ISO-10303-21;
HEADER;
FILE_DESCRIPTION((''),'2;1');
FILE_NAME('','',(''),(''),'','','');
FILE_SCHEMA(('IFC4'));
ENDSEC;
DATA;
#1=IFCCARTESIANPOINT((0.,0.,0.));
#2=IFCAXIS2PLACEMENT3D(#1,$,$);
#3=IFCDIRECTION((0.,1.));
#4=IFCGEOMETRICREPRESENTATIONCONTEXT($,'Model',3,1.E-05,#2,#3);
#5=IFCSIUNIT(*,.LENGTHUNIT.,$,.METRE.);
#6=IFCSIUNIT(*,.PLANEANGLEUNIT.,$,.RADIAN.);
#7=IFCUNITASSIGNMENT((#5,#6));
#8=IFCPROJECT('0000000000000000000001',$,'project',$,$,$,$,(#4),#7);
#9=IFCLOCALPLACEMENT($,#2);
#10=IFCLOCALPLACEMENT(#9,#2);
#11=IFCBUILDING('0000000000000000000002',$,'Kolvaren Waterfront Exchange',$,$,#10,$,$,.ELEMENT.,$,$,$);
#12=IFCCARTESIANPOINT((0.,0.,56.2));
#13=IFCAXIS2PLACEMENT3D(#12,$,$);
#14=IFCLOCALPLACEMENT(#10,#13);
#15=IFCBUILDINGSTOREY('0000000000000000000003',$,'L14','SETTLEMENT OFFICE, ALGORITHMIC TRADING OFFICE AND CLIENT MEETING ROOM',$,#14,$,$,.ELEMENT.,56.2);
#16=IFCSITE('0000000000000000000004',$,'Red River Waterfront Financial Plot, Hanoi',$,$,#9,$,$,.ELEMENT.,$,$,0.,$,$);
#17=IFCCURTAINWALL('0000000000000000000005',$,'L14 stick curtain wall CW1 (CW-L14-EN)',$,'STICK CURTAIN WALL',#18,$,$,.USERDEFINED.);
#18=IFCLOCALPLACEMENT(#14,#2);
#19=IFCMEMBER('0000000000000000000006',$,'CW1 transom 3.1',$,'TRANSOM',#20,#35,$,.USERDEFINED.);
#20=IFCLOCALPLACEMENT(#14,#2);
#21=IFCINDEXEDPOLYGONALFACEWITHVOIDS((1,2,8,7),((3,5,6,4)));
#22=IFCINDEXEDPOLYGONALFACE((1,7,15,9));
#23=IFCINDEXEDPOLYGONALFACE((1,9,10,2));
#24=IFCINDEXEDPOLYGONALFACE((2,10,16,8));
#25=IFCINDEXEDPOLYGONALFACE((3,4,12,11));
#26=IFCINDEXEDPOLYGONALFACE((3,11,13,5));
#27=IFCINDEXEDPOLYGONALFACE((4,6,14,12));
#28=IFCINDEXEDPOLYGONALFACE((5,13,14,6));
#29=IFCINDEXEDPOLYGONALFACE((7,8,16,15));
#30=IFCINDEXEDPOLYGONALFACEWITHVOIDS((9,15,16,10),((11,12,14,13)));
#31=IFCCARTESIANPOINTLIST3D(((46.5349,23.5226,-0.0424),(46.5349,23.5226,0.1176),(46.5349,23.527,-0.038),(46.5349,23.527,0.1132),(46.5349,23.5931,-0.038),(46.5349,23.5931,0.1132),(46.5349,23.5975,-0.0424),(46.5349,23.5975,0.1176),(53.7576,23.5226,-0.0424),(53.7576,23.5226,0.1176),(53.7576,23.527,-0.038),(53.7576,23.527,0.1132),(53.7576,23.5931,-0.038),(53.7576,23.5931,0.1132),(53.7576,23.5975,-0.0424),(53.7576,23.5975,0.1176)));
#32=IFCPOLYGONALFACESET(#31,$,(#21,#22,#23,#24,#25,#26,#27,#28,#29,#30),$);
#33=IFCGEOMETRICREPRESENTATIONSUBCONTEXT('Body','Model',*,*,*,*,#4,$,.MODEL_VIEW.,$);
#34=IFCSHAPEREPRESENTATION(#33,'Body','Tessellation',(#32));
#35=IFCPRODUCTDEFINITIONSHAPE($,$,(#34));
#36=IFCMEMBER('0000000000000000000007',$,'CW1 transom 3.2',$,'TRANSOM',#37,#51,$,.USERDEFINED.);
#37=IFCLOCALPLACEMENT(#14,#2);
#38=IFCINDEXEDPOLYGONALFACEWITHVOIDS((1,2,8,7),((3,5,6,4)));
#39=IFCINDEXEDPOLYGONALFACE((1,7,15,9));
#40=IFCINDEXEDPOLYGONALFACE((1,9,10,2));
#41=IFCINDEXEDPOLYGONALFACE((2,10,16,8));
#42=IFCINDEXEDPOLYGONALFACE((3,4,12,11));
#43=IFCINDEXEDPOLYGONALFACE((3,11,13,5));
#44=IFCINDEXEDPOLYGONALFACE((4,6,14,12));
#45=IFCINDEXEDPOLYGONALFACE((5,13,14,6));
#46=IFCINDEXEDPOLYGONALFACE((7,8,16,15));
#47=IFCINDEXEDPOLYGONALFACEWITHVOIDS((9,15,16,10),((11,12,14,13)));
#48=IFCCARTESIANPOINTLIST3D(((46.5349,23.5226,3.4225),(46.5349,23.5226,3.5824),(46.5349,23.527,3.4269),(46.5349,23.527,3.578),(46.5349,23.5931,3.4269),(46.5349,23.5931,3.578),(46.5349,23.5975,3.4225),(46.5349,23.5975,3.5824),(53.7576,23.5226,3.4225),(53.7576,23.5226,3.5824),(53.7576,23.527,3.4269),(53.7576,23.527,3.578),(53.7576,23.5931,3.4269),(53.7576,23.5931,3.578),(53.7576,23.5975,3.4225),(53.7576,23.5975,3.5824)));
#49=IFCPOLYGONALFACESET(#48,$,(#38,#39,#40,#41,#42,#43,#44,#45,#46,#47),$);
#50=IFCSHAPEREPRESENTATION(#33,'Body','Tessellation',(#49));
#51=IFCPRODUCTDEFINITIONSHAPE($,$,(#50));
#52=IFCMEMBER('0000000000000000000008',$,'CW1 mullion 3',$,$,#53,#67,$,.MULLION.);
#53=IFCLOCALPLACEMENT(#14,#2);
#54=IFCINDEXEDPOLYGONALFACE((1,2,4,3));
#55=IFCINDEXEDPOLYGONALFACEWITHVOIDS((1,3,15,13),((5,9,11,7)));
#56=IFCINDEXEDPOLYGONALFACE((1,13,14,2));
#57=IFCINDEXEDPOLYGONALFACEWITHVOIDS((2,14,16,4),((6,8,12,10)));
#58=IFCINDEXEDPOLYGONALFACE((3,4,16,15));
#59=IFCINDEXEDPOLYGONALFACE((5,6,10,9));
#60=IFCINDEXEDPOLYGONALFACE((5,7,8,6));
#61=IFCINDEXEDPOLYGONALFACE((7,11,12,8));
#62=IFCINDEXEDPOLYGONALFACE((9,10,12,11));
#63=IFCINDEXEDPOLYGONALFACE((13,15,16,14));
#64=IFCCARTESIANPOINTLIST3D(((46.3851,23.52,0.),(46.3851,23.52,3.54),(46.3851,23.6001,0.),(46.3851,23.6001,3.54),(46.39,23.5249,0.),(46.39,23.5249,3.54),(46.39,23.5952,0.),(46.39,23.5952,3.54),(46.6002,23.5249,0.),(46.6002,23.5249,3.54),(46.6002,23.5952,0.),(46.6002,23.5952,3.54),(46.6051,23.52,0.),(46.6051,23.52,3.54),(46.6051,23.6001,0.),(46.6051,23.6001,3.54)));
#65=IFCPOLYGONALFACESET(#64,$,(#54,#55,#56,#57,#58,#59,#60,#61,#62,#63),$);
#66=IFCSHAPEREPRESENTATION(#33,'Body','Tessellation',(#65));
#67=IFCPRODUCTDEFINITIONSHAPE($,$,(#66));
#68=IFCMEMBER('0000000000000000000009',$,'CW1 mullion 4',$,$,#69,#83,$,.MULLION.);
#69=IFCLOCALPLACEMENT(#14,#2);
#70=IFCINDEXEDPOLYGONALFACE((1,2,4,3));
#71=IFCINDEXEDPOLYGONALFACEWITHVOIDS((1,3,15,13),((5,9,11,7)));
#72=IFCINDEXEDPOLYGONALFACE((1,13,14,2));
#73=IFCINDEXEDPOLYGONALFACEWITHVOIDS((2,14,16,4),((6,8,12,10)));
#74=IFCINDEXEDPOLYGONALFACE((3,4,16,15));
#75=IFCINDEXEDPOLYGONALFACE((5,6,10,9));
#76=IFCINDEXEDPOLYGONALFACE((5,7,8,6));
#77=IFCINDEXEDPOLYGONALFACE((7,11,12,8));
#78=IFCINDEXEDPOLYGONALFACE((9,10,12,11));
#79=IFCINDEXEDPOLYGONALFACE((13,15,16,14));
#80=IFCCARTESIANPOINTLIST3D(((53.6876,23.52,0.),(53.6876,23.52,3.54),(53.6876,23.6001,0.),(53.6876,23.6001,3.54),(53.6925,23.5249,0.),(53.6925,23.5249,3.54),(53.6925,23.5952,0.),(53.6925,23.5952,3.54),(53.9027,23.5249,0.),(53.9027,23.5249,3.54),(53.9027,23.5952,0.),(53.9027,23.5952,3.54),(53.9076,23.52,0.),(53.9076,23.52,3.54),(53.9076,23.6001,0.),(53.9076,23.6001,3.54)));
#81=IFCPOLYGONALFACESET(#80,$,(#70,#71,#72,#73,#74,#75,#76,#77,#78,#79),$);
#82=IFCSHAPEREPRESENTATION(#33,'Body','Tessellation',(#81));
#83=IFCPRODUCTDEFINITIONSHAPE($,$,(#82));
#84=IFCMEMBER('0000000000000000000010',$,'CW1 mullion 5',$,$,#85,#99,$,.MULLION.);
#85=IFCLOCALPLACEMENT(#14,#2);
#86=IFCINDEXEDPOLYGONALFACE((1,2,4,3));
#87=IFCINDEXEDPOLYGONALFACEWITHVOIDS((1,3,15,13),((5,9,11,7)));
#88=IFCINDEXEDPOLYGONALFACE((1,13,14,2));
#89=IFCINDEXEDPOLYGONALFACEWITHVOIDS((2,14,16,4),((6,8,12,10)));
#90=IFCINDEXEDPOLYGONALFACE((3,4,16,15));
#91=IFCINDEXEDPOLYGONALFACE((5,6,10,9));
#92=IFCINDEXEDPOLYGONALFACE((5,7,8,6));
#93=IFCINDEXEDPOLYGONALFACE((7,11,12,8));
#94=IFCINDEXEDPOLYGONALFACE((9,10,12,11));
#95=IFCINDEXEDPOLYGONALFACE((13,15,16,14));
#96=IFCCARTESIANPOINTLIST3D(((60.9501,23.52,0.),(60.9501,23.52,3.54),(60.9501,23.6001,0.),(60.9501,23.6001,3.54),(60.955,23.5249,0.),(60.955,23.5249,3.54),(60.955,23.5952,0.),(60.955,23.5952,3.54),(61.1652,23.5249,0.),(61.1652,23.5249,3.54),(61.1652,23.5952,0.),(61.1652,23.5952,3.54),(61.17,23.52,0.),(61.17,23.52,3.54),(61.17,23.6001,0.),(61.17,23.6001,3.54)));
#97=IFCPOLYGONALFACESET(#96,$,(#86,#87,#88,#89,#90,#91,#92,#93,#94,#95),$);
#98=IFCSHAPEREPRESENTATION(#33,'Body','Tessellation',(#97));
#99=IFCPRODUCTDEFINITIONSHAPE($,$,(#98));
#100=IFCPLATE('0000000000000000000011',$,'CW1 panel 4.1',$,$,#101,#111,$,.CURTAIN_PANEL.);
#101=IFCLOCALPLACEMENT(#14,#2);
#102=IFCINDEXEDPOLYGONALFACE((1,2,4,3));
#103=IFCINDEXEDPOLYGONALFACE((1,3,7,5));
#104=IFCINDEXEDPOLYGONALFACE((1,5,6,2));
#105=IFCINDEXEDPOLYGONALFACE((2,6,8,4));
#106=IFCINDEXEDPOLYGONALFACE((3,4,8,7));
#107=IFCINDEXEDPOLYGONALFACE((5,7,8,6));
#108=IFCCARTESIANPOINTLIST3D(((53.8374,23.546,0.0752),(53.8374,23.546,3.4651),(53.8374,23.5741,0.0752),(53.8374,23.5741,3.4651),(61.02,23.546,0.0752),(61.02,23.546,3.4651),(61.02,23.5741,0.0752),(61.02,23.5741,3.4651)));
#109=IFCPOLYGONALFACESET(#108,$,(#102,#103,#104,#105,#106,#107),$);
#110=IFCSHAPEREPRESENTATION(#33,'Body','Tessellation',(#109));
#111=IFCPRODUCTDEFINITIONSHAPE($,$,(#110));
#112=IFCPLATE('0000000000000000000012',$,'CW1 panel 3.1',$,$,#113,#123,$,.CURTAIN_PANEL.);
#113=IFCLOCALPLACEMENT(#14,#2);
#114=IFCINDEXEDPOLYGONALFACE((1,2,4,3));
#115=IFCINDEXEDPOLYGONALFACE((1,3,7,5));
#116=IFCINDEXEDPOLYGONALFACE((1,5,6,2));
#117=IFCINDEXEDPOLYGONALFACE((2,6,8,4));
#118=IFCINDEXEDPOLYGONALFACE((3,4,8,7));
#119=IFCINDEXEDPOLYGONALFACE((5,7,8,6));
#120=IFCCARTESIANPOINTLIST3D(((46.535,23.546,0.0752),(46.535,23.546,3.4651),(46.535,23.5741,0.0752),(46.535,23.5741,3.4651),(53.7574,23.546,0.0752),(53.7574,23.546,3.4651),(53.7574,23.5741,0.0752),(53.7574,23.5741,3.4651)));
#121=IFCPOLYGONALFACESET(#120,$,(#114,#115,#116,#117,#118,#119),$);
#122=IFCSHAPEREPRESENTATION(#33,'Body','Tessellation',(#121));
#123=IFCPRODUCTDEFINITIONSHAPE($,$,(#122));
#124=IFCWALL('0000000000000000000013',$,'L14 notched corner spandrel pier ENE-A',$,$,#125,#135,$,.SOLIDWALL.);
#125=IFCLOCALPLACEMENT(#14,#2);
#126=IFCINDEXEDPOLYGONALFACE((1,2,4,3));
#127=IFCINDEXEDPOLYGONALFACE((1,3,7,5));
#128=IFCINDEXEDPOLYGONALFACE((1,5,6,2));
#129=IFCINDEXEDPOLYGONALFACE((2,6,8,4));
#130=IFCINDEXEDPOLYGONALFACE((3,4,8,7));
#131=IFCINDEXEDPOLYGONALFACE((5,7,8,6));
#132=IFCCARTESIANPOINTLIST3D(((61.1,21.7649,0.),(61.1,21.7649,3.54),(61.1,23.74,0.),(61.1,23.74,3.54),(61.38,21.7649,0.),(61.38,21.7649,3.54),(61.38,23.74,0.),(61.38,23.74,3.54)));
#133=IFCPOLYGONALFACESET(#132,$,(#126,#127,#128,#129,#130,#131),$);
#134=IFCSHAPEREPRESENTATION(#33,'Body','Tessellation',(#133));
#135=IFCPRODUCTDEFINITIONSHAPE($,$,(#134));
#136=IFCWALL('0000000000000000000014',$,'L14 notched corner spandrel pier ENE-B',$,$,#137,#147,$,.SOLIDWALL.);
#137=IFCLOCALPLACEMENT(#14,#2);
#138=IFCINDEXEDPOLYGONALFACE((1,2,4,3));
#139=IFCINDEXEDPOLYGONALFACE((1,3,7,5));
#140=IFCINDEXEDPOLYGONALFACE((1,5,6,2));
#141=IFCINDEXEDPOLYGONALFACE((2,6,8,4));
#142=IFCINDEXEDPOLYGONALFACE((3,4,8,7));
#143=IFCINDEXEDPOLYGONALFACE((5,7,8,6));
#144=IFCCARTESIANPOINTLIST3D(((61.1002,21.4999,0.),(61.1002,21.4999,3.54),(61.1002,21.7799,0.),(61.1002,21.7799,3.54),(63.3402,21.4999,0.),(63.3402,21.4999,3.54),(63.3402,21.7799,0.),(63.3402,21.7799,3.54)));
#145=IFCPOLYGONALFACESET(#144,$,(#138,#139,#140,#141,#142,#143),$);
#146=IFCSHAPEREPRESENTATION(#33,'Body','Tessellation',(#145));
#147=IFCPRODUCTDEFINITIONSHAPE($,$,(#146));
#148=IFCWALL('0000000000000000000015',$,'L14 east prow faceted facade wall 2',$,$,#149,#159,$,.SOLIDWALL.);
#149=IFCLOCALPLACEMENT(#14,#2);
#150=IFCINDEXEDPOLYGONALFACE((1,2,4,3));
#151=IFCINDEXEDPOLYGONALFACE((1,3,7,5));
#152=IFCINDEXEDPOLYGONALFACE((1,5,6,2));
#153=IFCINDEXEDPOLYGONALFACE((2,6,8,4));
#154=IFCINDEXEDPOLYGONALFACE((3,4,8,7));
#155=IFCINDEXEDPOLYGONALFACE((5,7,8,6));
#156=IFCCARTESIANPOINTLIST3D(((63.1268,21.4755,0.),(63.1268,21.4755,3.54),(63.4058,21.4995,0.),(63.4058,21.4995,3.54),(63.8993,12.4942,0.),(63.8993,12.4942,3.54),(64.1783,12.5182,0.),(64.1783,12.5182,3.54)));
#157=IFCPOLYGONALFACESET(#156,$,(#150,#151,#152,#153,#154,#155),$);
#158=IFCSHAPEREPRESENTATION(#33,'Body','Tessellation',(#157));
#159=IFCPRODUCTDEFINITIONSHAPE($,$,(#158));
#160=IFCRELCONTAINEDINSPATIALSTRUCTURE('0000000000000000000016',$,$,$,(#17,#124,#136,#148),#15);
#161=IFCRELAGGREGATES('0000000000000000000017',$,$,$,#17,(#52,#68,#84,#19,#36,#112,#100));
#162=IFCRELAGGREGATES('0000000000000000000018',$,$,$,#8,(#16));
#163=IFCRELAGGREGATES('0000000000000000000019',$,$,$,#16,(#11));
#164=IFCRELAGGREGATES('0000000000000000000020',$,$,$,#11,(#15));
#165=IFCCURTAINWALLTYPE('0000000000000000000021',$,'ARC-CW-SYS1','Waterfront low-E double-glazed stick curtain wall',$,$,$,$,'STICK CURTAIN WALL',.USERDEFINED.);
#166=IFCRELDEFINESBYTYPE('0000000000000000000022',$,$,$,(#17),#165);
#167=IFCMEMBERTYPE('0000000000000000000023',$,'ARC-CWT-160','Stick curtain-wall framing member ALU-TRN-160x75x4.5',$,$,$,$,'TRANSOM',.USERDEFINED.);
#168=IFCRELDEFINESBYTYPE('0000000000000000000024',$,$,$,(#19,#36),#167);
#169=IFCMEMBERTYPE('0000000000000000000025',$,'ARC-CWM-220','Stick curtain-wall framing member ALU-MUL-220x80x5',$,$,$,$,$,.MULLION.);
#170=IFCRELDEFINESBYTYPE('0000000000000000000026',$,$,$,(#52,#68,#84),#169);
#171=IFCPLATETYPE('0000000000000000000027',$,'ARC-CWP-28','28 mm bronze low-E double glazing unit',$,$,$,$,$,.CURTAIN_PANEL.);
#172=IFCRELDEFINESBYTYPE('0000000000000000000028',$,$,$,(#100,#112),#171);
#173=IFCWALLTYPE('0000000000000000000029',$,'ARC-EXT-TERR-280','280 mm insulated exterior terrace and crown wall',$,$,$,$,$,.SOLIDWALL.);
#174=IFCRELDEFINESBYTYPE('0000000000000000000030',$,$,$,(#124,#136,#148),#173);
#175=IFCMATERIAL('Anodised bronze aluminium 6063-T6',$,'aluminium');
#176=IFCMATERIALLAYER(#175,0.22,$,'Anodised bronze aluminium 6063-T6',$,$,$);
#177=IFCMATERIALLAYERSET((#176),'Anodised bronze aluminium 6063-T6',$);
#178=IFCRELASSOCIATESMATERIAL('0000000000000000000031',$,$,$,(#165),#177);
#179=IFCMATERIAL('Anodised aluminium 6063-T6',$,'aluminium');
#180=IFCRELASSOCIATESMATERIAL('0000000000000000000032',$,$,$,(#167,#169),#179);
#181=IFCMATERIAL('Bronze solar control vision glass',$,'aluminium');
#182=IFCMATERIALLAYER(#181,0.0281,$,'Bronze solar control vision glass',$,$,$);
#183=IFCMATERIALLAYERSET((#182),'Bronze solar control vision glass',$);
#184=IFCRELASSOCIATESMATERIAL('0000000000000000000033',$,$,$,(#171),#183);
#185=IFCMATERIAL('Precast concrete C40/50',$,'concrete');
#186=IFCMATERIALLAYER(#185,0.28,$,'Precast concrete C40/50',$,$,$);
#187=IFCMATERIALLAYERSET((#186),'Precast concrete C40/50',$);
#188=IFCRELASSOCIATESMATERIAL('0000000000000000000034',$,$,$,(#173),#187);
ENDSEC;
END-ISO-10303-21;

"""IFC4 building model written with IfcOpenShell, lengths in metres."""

from ifc_helpers import new_model, si_unit, direction, frame, frame_2d, origin, origin_with_axes, origin_2d, place, context, subcontext, project, spatial, rectangle, hollow_rectangle, extrude, source, transform, mapped, material, layer, layer_set, material_profile, profile_set, type_object, element, aggregate, save


model = new_model("IFC4")

# Units and contexts
model_context = context("Model", 3, precision=1e-05, world=origin(), true_north=direction((0.0, 1.0)))
body_context = subcontext(model_context, "Body", "Model", "MODEL_VIEW")
ifc_project = project(units=[si_unit("LENGTHUNIT", "METRE"), si_unit("PLANEANGLEUNIT", "RADIAN")], contexts=[model_context])

# Site, building, storey
site_placement = place(None, origin())
site = spatial("IfcSite", under=ifc_project, at=site_placement, Name="Red River Waterfront Financial Plot, Hanoi", CompositionType="ELEMENT", RefElevation=0.0)
building_placement = place(site_placement, origin())
building = spatial("IfcBuilding", under=site, at=building_placement, Name="Kolvaren Waterfront Exchange", CompositionType="ELEMENT")
storey_placement = place(building_placement, frame((0.0, 0.0, 56.2)))
storey = spatial("IfcBuildingStorey", under=building, at=storey_placement, Name="L14", Description="SETTLEMENT OFFICE, ALGORITHMIC TRADING OFFICE AND CLIENT MEETING ROOM", CompositionType="ELEMENT", Elevation=56.2)

# Curtain wall, members, plates
ifc_material_1 = material(Name="Anodised bronze aluminium 6063-T6", Category="aluminium")
ifc_layer_1 = layer(ifc_material_1, 0.22, Name="Anodised bronze aluminium 6063-T6")
ifc_layer_set_1 = layer_set([ifc_layer_1], Name="Anodised bronze aluminium 6063-T6")
curtain_wall_type = type_object("IfcCurtainWallType", Name="ARC-CW-SYS1", Description="Waterfront low-E double-glazed stick curtain wall", ElementType="STICK CURTAIN WALL", PredefinedType="USERDEFINED", material=ifc_layer_set_1)
curtain_wall_placement = place(storey_placement, origin())
curtain_wall = element("IfcCurtainWall", 1, at=curtain_wall_placement, inside=storey, type_object=curtain_wall_type, Name="L14 stick curtain wall CW1 (CW-L14-EN)", ObjectType="STICK CURTAIN WALL", PredefinedType="USERDEFINED")
ifc_material_2 = material(Name="Anodised aluminium 6063-T6", Category="aluminium")
ifc_material_profile_1 = material_profile(ifc_material_2, hollow_rectangle(XDim=0.075, YDim=0.1599, WallThickness=0.0044, at=origin_2d()), Name="ALU-TRN-160x75x4.5")
ifc_profile_set_1 = profile_set([ifc_material_profile_1], Name="Anodised aluminium 6063-T6")
member_type_1 = type_object("IfcMemberType", Name="ARC-CWT-160", Description="Stick curtain-wall framing member ALU-TRN-160x75x4.5", ElementType="TRANSOM", PredefinedType="USERDEFINED", material=ifc_profile_set_1)
shared_shape_1 = source(origin_with_axes(), body_context, "Body", "SweptSolid", [
    extrude(hollow_rectangle(XDim=0.075, YDim=0.1599, WallThickness=0.0044, at=origin_2d()), origin(), (0.0, 0.0, 1.0), 7.2227),
])
member_1_placement = place(storey_placement, frame((46.5349, 23.5601, 0.0376), z_axis=(1.0, 0.0, 0.0), x_axis=(0.0, 1.0, 0.0)))
member_1 = element("IfcMember", 2, at=member_1_placement, type_object=member_type_1, Name="CW1 transom 3.1", ObjectType="TRANSOM", PredefinedType="USERDEFINED", context=body_context, shape_type="MappedRepresentation", body=[
    mapped(shared_shape_1, transform((0.0, 0.0, 0.0), x_axis=(1.0, 0.0, 0.0), y_axis=(0.0, 1.0, 0.0), z_axis=(0.0, 0.0, 1.0), scale=1.0)),
])
member_2_placement = place(storey_placement, frame((46.5349, 23.5601, 3.5024), z_axis=(1.0, 0.0, 0.0), x_axis=(0.0, 1.0, 0.0)))
member_2 = element("IfcMember", 3, at=member_2_placement, type_object=member_type_1, Name="CW1 transom 3.2", ObjectType="TRANSOM", PredefinedType="USERDEFINED", context=body_context, shape_type="MappedRepresentation", body=[
    mapped(shared_shape_1, transform((0.0, 0.0, 0.0), x_axis=(1.0, 0.0, 0.0), y_axis=(0.0, 1.0, 0.0), z_axis=(0.0, 0.0, 1.0), scale=1.0)),
])
ifc_material_profile_2 = material_profile(ifc_material_2, hollow_rectangle(XDim=0.0801, YDim=0.22, WallThickness=0.0049, at=origin_2d()), Name="ALU-MUL-220x80x5")
ifc_profile_set_2 = profile_set([ifc_material_profile_2], Name="Anodised aluminium 6063-T6")
member_type_2 = type_object("IfcMemberType", Name="ARC-CWM-220", Description="Stick curtain-wall framing member ALU-MUL-220x80x5", PredefinedType="MULLION", material=ifc_profile_set_2)
shared_shape_2 = source(origin_with_axes(), body_context, "Body", "SweptSolid", [
    extrude(hollow_rectangle(XDim=0.0801, YDim=0.22, WallThickness=0.0049, at=origin_2d()), origin(), (0.0, 0.0, 1.0), 3.54),
])
member_3_placement = place(storey_placement, frame((46.4951, 23.5601, 0.0), z_axis=(0.0, 0.0, 1.0), x_axis=(0.0, 1.0, 0.0)))
member_3 = element("IfcMember", 4, at=member_3_placement, type_object=member_type_2, Name="CW1 mullion 3", PredefinedType="MULLION", context=body_context, shape_type="MappedRepresentation", body=[
    mapped(shared_shape_2, transform((0.0, 0.0, 0.0), x_axis=(1.0, 0.0, 0.0), y_axis=(0.0, 1.0, 0.0), z_axis=(0.0, 0.0, 1.0), scale=1.0)),
])
member_4_placement = place(storey_placement, frame((53.7976, 23.5601, 0.0), z_axis=(0.0, 0.0, 1.0), x_axis=(0.0, 1.0, 0.0)))
member_4 = element("IfcMember", 5, at=member_4_placement, type_object=member_type_2, Name="CW1 mullion 4", PredefinedType="MULLION", context=body_context, shape_type="MappedRepresentation", body=[
    mapped(shared_shape_2, transform((0.0, 0.0, 0.0), x_axis=(1.0, 0.0, 0.0), y_axis=(0.0, 1.0, 0.0), z_axis=(0.0, 0.0, 1.0), scale=1.0)),
])
member_5_placement = place(storey_placement, frame((61.0601, 23.5601, 0.0), z_axis=(0.0, 0.0, 1.0), x_axis=(0.0, 1.0, 0.0)))
member_5 = element("IfcMember", 6, at=member_5_placement, type_object=member_type_2, Name="CW1 mullion 5", PredefinedType="MULLION", context=body_context, shape_type="MappedRepresentation", body=[
    mapped(shared_shape_2, transform((0.0, 0.0, 0.0), x_axis=(1.0, 0.0, 0.0), y_axis=(0.0, 1.0, 0.0), z_axis=(0.0, 0.0, 1.0), scale=1.0)),
])
ifc_material_3 = material(Name="Bronze solar control vision glass", Category="aluminium")
ifc_layer_2 = layer(ifc_material_3, 0.0281, Name="Bronze solar control vision glass")
ifc_layer_set_2 = layer_set([ifc_layer_2], Name="Bronze solar control vision glass")
plate_type = type_object("IfcPlateType", Name="ARC-CWP-28", Description="28 mm bronze low-E double glazing unit", PredefinedType="CURTAIN_PANEL", material=ifc_layer_set_2)
shared_shape_3 = source(origin_with_axes(), body_context, "Body", "SweptSolid", [
    extrude(rectangle(XDim=7.1826, YDim=0.0281, at=origin_2d()), origin(), (0.0, 0.0, 1.0), 3.3899),
])
plate_1_placement = place(storey_placement, frame((57.4287, 23.5601, 0.0752), z_axis=(0.0, 0.0, 1.0), x_axis=(1.0, 0.0, 0.0)))
plate_1 = element("IfcPlate", 7, at=plate_1_placement, type_object=plate_type, Name="CW1 panel 4.1", PredefinedType="CURTAIN_PANEL", context=body_context, shape_type="MappedRepresentation", body=[
    mapped(shared_shape_3, transform((0.0, 0.0, 0.0), x_axis=(1.0, 0.0, 0.0), y_axis=(0.0, 1.0, 0.0), z_axis=(0.0, 0.0, 1.0), scale=1.0)),
])
shared_shape_4 = source(origin_with_axes(), body_context, "Body", "SweptSolid", [
    extrude(rectangle(XDim=7.2224, YDim=0.0281, at=origin_2d()), origin(), (0.0, 0.0, 1.0), 3.3899),
])
plate_2_placement = place(storey_placement, frame((50.1462, 23.5601, 0.0752), z_axis=(0.0, 0.0, 1.0), x_axis=(1.0, 0.0, 0.0)))
plate_2 = element("IfcPlate", 8, at=plate_2_placement, type_object=plate_type, Name="CW1 panel 3.1", PredefinedType="CURTAIN_PANEL", context=body_context, shape_type="MappedRepresentation", body=[
    mapped(shared_shape_4, transform((0.0, 0.0, 0.0), x_axis=(1.0, 0.0, 0.0), y_axis=(0.0, 1.0, 0.0), z_axis=(0.0, 0.0, 1.0), scale=1.0)),
])
aggregate(curtain_wall, [member_3, member_4, member_5, member_1, member_2, plate_2, plate_1])

# Walls
ifc_material_4 = material(Name="Precast concrete C40/50", Category="concrete")
ifc_layer_3 = layer(ifc_material_4, 0.28, Name="Precast concrete C40/50")
ifc_layer_set_3 = layer_set([ifc_layer_3], Name="Precast concrete C40/50")
wall_type_1 = type_object("IfcWallType", Name="ARC-EXT-TERR-280", Description="280 mm insulated exterior terrace and crown wall", PredefinedType="SOLIDWALL", material=ifc_layer_set_3)
wall_1_placement = place(storey_placement, frame((61.24, 21.7649, 0.0), z_axis=(0.0, 0.0, 1.0), x_axis=(0.0, 1.0, 0.0)))
element("IfcWall", 9, at=wall_1_placement, inside=storey, type_object=wall_type_1, Name="L14 notched corner spandrel pier ENE-A", PredefinedType="SOLIDWALL", context=body_context, shape_type="SweptSolid", body=[
    extrude(rectangle(XDim=1.9751, YDim=0.28, at=frame_2d((0.9875, 0.0))), origin(), (0.0, 0.0, 1.0), 3.54),
])
wall_2_placement = place(storey_placement, frame((61.1001, 21.6399, 0.0), z_axis=(0.0, 0.0, 1.0), x_axis=(1.0, 0.0, 0.0)))
element("IfcWall", 10, at=wall_2_placement, inside=storey, type_object=wall_type_1, Name="L14 notched corner spandrel pier ENE-B", PredefinedType="SOLIDWALL", context=body_context, shape_type="SweptSolid", body=[
    extrude(rectangle(XDim=2.24, YDim=0.28, at=frame_2d((1.1201, 0.0))), origin(), (0.0, 0.0, 1.0), 3.54),
])
wall_3_placement = place(storey_placement, frame((64.0388, 12.5061, 0.0), z_axis=(0.0, 0.0, 1.0), x_axis=(-0.085692, 0.996322, 0.0)))
element("IfcWall", 11, at=wall_3_placement, inside=storey, type_object=wall_type_1, Name="L14 east prow faceted facade wall 2", PredefinedType="SOLIDWALL", context=body_context, shape_type="SweptSolid", body=[
    extrude(rectangle(XDim=9.0144, YDim=0.28, at=frame_2d((4.5073, 0.0))), origin(), (0.0, 0.0, 1.0), 3.54),
])

save(model, "model.ifc")
